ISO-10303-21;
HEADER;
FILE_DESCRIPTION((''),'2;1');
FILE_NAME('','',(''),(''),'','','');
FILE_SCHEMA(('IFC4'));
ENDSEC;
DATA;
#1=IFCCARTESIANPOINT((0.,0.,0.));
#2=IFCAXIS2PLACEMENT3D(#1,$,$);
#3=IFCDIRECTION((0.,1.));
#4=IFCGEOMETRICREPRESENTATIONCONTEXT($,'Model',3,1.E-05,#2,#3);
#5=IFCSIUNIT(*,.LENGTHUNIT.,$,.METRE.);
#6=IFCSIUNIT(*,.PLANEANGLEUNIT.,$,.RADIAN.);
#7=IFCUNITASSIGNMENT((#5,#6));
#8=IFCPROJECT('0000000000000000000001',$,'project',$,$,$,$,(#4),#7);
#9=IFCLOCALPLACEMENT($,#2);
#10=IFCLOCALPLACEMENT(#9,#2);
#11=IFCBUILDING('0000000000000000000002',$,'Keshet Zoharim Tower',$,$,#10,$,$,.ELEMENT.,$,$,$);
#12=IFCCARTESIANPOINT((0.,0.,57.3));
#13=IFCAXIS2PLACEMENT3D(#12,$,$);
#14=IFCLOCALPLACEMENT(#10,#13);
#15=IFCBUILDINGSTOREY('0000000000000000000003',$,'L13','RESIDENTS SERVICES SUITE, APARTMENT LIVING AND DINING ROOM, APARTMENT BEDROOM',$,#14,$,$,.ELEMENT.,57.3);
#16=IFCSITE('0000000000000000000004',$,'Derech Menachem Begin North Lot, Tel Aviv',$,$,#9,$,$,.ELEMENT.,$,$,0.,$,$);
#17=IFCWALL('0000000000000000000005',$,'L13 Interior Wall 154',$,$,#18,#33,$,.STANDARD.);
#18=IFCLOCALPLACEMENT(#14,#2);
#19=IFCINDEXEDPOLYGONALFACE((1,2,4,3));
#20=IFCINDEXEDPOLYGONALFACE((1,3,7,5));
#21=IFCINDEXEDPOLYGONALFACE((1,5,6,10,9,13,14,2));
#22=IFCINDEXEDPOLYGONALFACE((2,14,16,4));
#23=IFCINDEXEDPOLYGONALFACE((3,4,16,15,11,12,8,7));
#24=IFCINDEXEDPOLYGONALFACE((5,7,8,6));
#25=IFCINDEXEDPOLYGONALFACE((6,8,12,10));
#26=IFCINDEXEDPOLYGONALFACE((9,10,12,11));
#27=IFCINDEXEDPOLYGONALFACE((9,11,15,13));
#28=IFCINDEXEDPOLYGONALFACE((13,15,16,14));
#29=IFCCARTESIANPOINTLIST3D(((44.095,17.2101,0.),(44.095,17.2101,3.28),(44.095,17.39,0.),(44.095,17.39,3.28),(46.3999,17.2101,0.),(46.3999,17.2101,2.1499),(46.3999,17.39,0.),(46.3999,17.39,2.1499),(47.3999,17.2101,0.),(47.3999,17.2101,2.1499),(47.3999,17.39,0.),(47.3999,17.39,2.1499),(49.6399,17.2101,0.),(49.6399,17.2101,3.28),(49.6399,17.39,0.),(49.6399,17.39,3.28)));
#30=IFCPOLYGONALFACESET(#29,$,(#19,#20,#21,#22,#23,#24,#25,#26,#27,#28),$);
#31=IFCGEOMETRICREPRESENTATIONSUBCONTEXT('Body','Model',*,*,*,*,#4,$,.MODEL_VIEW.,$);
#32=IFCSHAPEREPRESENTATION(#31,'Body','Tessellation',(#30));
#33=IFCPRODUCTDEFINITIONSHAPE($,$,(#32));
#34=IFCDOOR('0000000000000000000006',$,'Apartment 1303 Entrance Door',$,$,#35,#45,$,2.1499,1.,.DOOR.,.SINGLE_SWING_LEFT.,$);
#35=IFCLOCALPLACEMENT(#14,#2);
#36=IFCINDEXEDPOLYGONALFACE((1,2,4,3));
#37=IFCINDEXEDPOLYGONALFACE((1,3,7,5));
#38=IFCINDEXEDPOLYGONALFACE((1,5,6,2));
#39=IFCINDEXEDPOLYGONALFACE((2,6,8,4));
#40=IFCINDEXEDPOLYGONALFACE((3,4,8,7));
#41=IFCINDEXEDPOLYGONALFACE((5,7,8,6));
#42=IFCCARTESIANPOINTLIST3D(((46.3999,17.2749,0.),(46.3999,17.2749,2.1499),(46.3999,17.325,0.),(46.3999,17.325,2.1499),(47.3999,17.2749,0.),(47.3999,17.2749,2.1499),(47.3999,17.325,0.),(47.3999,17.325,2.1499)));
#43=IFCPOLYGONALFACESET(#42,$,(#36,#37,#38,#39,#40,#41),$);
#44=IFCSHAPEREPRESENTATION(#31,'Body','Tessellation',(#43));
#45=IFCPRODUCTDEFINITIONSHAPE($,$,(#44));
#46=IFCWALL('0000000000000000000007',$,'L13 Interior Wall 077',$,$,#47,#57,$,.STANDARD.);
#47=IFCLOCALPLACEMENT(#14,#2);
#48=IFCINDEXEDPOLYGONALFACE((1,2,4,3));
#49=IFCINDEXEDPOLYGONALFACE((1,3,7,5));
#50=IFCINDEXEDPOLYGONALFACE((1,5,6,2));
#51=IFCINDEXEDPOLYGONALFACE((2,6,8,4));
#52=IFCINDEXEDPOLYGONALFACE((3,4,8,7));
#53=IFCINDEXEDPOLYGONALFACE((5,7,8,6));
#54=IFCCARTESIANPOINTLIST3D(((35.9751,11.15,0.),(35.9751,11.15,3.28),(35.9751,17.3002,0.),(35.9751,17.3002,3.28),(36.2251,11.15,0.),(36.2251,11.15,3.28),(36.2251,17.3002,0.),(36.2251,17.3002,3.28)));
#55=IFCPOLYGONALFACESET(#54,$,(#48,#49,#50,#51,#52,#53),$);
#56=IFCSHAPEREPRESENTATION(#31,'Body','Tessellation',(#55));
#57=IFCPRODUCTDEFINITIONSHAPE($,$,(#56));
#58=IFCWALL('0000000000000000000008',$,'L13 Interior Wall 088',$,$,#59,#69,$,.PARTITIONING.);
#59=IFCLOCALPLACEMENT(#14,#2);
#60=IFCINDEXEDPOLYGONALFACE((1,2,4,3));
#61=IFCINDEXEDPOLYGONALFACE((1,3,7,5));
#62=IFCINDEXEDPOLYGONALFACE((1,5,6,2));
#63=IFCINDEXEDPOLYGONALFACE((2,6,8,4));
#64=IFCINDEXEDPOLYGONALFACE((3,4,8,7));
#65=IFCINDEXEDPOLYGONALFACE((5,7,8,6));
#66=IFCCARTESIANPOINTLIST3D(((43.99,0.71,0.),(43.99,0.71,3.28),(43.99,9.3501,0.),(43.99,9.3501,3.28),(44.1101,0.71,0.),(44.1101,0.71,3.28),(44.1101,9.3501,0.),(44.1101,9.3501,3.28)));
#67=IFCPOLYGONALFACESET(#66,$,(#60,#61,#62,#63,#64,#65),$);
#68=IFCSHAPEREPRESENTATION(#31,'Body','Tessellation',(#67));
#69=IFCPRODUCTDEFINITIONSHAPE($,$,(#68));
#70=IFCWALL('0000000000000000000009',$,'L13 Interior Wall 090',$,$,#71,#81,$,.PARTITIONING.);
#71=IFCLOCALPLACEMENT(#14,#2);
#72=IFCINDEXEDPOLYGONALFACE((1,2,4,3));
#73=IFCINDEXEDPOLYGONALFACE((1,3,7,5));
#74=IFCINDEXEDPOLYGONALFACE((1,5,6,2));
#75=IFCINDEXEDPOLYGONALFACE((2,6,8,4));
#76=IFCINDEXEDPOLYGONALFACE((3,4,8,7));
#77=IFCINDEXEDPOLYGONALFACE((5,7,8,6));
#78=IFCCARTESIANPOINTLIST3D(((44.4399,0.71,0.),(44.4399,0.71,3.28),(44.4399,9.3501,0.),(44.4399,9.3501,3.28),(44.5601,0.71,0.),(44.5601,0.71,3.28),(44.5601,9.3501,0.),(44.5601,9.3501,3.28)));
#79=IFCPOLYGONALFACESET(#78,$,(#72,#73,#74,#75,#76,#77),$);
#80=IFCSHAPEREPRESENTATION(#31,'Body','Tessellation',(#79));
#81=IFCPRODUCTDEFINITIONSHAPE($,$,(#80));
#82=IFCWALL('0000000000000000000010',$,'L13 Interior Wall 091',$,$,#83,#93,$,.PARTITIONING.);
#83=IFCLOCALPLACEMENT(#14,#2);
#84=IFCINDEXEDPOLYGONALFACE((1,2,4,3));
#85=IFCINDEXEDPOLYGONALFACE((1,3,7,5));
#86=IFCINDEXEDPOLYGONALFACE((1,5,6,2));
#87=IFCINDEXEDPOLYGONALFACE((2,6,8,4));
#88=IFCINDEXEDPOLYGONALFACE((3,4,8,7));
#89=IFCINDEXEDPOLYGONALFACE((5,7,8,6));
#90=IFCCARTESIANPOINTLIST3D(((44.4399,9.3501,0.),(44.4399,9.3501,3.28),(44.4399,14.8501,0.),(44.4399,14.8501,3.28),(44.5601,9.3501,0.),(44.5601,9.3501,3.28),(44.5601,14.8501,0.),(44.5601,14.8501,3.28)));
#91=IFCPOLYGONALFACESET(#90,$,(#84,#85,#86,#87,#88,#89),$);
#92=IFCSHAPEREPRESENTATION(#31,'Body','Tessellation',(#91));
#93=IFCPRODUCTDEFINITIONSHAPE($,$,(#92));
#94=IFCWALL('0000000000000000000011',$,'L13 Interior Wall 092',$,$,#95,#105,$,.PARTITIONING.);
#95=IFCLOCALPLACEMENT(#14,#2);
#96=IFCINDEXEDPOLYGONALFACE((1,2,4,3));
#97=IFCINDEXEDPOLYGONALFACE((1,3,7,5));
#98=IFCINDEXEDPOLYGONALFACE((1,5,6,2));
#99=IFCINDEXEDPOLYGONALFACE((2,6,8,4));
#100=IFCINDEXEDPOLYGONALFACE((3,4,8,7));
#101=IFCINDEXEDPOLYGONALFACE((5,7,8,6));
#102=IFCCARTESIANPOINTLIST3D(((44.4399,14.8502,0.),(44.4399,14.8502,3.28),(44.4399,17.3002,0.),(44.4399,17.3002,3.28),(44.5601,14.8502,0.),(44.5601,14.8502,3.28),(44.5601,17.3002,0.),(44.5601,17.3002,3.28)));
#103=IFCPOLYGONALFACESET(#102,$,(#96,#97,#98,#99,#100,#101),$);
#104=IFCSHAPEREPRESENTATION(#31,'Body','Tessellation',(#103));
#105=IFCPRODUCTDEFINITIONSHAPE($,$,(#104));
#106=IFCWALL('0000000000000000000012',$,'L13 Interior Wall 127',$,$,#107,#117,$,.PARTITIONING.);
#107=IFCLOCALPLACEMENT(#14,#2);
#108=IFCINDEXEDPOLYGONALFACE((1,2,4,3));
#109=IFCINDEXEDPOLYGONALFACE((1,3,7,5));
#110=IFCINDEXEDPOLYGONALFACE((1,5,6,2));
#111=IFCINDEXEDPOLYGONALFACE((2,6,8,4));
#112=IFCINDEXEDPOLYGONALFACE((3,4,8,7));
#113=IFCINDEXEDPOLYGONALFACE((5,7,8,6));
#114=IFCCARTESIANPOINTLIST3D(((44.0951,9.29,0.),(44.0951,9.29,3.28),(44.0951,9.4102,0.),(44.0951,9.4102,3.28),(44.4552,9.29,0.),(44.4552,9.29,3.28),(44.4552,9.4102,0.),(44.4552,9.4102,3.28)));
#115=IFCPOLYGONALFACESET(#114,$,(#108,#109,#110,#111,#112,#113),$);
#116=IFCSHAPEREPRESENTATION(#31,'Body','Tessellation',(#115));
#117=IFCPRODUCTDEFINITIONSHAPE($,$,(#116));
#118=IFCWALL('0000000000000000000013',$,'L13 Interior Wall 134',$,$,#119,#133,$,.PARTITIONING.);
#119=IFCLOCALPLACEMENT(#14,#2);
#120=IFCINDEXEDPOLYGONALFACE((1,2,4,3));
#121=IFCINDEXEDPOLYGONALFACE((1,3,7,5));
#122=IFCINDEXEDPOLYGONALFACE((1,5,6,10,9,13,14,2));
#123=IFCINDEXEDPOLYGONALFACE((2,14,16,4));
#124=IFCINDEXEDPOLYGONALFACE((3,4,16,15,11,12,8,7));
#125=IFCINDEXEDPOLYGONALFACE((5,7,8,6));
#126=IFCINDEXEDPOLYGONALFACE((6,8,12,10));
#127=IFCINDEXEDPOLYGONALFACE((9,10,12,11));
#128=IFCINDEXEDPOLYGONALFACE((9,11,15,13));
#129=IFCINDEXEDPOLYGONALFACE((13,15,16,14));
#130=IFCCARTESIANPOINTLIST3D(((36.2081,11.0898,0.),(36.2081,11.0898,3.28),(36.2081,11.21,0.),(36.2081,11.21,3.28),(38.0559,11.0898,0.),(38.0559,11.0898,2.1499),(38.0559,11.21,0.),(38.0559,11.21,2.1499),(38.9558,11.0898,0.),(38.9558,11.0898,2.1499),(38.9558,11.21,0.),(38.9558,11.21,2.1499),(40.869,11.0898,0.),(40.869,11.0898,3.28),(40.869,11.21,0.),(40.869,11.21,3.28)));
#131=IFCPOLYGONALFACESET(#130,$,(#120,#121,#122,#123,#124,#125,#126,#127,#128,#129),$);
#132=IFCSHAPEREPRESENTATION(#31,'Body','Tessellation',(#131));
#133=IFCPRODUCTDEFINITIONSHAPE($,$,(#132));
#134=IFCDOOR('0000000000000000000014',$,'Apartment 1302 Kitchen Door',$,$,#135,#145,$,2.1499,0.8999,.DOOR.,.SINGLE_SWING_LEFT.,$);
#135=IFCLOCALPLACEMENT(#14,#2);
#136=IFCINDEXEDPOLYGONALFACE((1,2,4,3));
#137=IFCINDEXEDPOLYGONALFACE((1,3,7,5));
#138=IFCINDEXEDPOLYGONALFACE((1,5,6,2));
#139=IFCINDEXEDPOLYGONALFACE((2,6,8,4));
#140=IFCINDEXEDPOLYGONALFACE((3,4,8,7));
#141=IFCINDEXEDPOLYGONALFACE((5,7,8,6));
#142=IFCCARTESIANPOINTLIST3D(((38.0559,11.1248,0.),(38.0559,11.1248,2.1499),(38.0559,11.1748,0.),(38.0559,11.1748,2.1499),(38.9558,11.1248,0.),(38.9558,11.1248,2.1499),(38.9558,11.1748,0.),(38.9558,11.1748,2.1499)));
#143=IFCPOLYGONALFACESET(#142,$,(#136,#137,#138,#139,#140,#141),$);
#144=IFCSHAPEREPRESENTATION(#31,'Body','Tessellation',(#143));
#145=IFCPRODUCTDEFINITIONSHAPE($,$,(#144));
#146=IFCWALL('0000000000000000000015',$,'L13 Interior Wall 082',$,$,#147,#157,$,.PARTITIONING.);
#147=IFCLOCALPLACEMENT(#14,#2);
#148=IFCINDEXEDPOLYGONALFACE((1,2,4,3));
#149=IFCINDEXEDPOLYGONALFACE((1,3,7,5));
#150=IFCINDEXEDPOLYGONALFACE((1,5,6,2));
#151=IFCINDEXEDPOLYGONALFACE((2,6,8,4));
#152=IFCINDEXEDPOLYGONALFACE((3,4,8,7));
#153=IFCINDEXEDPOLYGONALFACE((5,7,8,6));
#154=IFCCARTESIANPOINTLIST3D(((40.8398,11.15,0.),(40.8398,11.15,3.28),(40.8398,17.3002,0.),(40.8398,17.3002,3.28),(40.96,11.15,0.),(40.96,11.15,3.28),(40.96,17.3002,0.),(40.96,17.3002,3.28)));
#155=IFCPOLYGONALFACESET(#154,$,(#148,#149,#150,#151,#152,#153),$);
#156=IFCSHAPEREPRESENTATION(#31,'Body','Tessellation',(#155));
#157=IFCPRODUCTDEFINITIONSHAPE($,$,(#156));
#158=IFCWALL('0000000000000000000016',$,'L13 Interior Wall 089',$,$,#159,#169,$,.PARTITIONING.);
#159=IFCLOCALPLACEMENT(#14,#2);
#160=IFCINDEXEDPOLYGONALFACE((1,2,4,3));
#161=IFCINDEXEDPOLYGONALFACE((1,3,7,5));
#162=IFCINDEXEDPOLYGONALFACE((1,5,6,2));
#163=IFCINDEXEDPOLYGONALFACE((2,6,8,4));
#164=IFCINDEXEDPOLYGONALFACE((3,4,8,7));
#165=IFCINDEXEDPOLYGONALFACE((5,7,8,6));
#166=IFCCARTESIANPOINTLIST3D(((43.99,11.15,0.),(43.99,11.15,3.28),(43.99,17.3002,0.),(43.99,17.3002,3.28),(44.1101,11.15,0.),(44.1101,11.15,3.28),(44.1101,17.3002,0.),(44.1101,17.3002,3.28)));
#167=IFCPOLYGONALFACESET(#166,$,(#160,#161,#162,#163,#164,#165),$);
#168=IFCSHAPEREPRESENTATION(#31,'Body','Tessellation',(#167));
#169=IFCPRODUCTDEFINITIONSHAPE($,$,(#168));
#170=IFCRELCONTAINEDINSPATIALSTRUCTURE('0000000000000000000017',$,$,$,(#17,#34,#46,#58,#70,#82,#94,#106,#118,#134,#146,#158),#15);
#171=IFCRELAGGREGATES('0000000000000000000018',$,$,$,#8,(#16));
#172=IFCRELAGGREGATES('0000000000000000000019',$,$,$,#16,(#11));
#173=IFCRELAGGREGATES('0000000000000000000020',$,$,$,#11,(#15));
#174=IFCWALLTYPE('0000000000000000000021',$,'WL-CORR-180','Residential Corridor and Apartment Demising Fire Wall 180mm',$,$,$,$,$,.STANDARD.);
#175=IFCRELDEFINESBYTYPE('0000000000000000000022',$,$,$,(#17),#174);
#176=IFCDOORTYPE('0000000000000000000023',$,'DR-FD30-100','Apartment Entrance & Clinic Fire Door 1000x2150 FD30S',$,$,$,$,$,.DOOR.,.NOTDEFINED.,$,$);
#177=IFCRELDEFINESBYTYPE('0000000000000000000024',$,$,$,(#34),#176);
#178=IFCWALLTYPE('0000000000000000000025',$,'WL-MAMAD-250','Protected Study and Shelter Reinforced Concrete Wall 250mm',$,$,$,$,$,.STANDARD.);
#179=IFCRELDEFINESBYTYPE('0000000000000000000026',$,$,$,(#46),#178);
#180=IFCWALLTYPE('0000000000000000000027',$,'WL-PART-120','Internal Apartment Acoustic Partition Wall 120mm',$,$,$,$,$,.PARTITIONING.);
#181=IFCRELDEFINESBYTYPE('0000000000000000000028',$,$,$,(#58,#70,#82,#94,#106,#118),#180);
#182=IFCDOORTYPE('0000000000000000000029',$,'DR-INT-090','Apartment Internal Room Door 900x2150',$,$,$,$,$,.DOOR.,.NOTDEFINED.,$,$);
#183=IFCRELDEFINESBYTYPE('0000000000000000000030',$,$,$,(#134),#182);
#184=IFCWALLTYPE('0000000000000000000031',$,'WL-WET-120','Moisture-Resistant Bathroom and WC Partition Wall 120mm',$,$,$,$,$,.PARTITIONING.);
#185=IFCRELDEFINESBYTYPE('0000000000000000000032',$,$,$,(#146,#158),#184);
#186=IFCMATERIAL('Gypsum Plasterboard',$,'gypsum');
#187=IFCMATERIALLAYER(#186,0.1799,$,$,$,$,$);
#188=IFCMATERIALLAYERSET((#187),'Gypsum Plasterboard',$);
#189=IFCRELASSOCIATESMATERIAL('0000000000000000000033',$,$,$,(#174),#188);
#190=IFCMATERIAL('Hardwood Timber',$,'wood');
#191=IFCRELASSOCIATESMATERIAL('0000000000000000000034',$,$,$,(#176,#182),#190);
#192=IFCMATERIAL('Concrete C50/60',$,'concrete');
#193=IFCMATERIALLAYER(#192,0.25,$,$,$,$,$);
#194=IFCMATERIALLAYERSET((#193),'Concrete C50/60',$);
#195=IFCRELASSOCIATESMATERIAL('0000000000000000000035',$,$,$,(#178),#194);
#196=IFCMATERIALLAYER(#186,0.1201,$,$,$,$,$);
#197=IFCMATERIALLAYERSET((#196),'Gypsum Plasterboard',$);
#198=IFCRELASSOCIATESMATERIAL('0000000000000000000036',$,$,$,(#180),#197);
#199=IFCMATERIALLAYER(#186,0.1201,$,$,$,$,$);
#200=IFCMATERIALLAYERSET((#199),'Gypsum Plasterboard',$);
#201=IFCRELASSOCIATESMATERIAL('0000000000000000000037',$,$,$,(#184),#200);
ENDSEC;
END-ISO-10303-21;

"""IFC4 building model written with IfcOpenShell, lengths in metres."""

from ifc_helpers import new_model, si_unit, direction, frame, frame_2d, origin, place, context, subcontext, project, spatial, rectangle, extrude, material, layer, layer_set, type_object, element, fill, save


model = new_model("IFC4")

# Units and contexts
model_context = context("Model", 3, precision=1e-05, world=origin(), true_north=direction((0.0, 1.0)))
body_context = subcontext(model_context, "Body", "Model", "MODEL_VIEW")
ifc_project = project(units=[si_unit("LENGTHUNIT", "METRE"), si_unit("PLANEANGLEUNIT", "RADIAN")], contexts=[model_context])

# Site, building, storey
site_placement = place(None, origin())
site = spatial("IfcSite", under=ifc_project, at=site_placement, Name="Derech Menachem Begin North Lot, Tel Aviv", CompositionType="ELEMENT", RefElevation=0.0)
building_placement = place(site_placement, origin())
building = spatial("IfcBuilding", under=site, at=building_placement, Name="Keshet Zoharim Tower", CompositionType="ELEMENT")
storey_placement = place(building_placement, frame((0.0, 0.0, 57.3)))
storey = spatial("IfcBuildingStorey", under=building, at=storey_placement, Name="L13", Description="RESIDENTS SERVICES SUITE, APARTMENT LIVING AND DINING ROOM, APARTMENT BEDROOM", CompositionType="ELEMENT", Elevation=57.3)

# Shared definitions
ifc_material_1 = material(Name="Gypsum Plasterboard", Category="gypsum")
ifc_layer_1 = layer(ifc_material_1, 0.1799)
ifc_layer_set_1 = layer_set([ifc_layer_1], Name="Gypsum Plasterboard")
wall_type_1 = type_object("IfcWallType", Name="WL-CORR-180", Description="Residential Corridor and Apartment Demising Fire Wall 180mm", PredefinedType="STANDARD", material=ifc_layer_set_1)

# Wall, opening, door
wall_1_placement = place(storey_placement, frame((44.095, 17.3, 0.0), z_axis=(0.0, 0.0, 1.0), x_axis=(1.0, 0.0, 0.0)))
wall_1 = element("IfcWall", 1, at=wall_1_placement, inside=storey, type_object=wall_type_1, Name="L13 Interior Wall 154", PredefinedType="STANDARD", context=body_context, shape_type="SweptSolid", body=[
    extrude(rectangle(XDim=5.5449, YDim=0.1799, at=frame_2d((2.7725, 0.0))), origin(), (0.0, 0.0, 1.0), 3.28),
])
opening_1_placement = place(wall_1_placement, frame((2.3049, 0.0, 0.0)))
opening_1 = element("IfcOpeningElement", 2, at=opening_1_placement, cuts=wall_1, PredefinedType="OPENING", context=body_context, shape_type="SweptSolid", body=[
    extrude(rectangle(XDim=1.0, YDim=2.1499, at=frame_2d((0.5, 1.075))), frame((0.0, 0.1001, 0.0), z_axis=(0.0, -1.0, 0.0), x_axis=(1.0, 0.0, 0.0)), (0.0, 0.0, 1.0), 0.2),
])
ifc_material_2 = material(Name="Hardwood Timber", Category="wood")
door_type_1 = type_object("IfcDoorType", Name="DR-FD30-100", Description="Apartment Entrance & Clinic Fire Door 1000x2150 FD30S", OperationType="NOTDEFINED", PredefinedType="DOOR", material=ifc_material_2)
door_1_placement = place(opening_1_placement, origin())
door_1 = element("IfcDoor", 3, at=door_1_placement, inside=storey, type_object=door_type_1, Name="Apartment 1303 Entrance Door", OperationType="SINGLE_SWING_LEFT", OverallHeight=2.1499, OverallWidth=1.0, PredefinedType="DOOR", context=body_context, shape_type="SweptSolid", body=[
    extrude(rectangle(XDim=1.0, YDim=2.1499, at=frame_2d((0.5, 1.075))), frame((0.0, 0.0249, 0.0), z_axis=(0.0, -1.0, 0.0), x_axis=(1.0, 0.0, 0.0)), (0.0, 0.0, 1.0), 0.05),
])
fill(opening_1, door_1)

# Walls
ifc_material_3 = material(Name="Concrete C50/60", Category="concrete")
ifc_layer_2 = layer(ifc_material_3, 0.25)
ifc_layer_set_2 = layer_set([ifc_layer_2], Name="Concrete C50/60")
wall_type_2 = type_object("IfcWallType", Name="WL-MAMAD-250", Description="Protected Study and Shelter Reinforced Concrete Wall 250mm", PredefinedType="STANDARD", material=ifc_layer_set_2)
wall_2_placement = place(storey_placement, frame((36.1001, 11.1499, 0.0), z_axis=(0.0, 0.0, 1.0), x_axis=(0.0, 1.0, 0.0)))
element("IfcWall", 4, at=wall_2_placement, inside=storey, type_object=wall_type_2, Name="L13 Interior Wall 077", PredefinedType="STANDARD", context=body_context, shape_type="SweptSolid", body=[
    extrude(rectangle(XDim=6.1501, YDim=0.25, at=frame_2d((3.0752, 0.0))), origin(), (0.0, 0.0, 1.0), 3.28),
])
ifc_layer_3 = layer(ifc_material_1, 0.1201)
ifc_layer_set_3 = layer_set([ifc_layer_3], Name="Gypsum Plasterboard")
wall_type_3 = type_object("IfcWallType", Name="WL-PART-120", Description="Internal Apartment Acoustic Partition Wall 120mm", PredefinedType="PARTITIONING", material=ifc_layer_set_3)
for number, where, z_axis, x_axis, name in (
    (5, (44.05, 0.71, 0.0), (0.0, 0.0, 1.0), (0.0, 1.0, 0.0), "L13 Interior Wall 088"),
    (6, (44.5, 0.71, 0.0), (0.0, 0.0, 1.0), (0.0, 1.0, 0.0), "L13 Interior Wall 090"),
):
    element("IfcWall", number, at=place(storey_placement, frame(where, z_axis=z_axis, x_axis=x_axis)), inside=storey, type_object=wall_type_3, Name=name, PredefinedType="PARTITIONING", context=body_context, shape_type="SweptSolid", body=[
        extrude(rectangle(XDim=8.6401, YDim=0.1201, at=frame_2d((4.3201, 0.0))), origin(), (0.0, 0.0, 1.0), 3.28),
    ])
wall_3_placement = place(storey_placement, frame((44.5, 9.3501, 0.0), z_axis=(0.0, 0.0, 1.0), x_axis=(0.0, 1.0, 0.0)))
element("IfcWall", 7, at=wall_3_placement, inside=storey, type_object=wall_type_3, Name="L13 Interior Wall 091", PredefinedType="PARTITIONING", context=body_context, shape_type="SweptSolid", body=[
    extrude(rectangle(XDim=5.5, YDim=0.1201, at=frame_2d((2.75, 0.0))), origin(), (0.0, 0.0, 1.0), 3.28),
])
wall_4_placement = place(storey_placement, frame((44.5, 14.8501, 0.0), z_axis=(0.0, 0.0, 1.0), x_axis=(0.0, 1.0, 0.0)))
element("IfcWall", 8, at=wall_4_placement, inside=storey, type_object=wall_type_3, Name="L13 Interior Wall 092", PredefinedType="PARTITIONING", context=body_context, shape_type="SweptSolid", body=[
    extrude(rectangle(XDim=2.45, YDim=0.1201, at=frame_2d((1.2251, 0.0))), origin(), (0.0, 0.0, 1.0), 3.28),
])
wall_5_placement = place(storey_placement, frame((44.095, 9.3501, 0.0), z_axis=(0.0, 0.0, 1.0), x_axis=(1.0, 0.0, 0.0)))
element("IfcWall", 9, at=wall_5_placement, inside=storey, type_object=wall_type_3, Name="L13 Interior Wall 127", PredefinedType="PARTITIONING", context=body_context, shape_type="SweptSolid", body=[
    extrude(rectangle(XDim=0.3601, YDim=0.1201, at=frame_2d((0.1802, 0.0))), origin(), (0.0, 0.0, 1.0), 3.28),
])

# Wall, opening, door
wall_6_placement = place(storey_placement, frame((36.208, 11.1499, 0.0), z_axis=(0.0, 0.0, 1.0), x_axis=(1.0, 0.0, 0.0)))
wall_6 = element("IfcWall", 10, at=wall_6_placement, inside=storey, type_object=wall_type_3, Name="L13 Interior Wall 134", PredefinedType="PARTITIONING", context=body_context, shape_type="SweptSolid", body=[
    extrude(rectangle(XDim=4.6609, YDim=0.1201, at=frame_2d((2.3306, 0.0))), origin(), (0.0, 0.0, 1.0), 3.28),
])
opening_2_placement = place(wall_6_placement, frame((1.8479, 0.0, 0.0)))
opening_2 = element("IfcOpeningElement", 11, at=opening_2_placement, cuts=wall_6, PredefinedType="OPENING", context=body_context, shape_type="SweptSolid", body=[
    extrude(rectangle(XDim=0.8999, YDim=2.1499, at=frame_2d((0.45, 1.075))), frame((0.0, 0.0701, 0.0), z_axis=(0.0, -1.0, 0.0), x_axis=(1.0, 0.0, 0.0)), (0.0, 0.0, 1.0), 0.1401),
])
door_type_2 = type_object("IfcDoorType", Name="DR-INT-090", Description="Apartment Internal Room Door 900x2150", OperationType="NOTDEFINED", PredefinedType="DOOR", material=ifc_material_2)
door_2_placement = place(opening_2_placement, origin())
door_2 = element("IfcDoor", 12, at=door_2_placement, inside=storey, type_object=door_type_2, Name="Apartment 1302 Kitchen Door", OperationType="SINGLE_SWING_LEFT", OverallHeight=2.1499, OverallWidth=0.8999, PredefinedType="DOOR", context=body_context, shape_type="SweptSolid", body=[
    extrude(rectangle(XDim=0.8999, YDim=2.1499, at=frame_2d((0.45, 1.075))), frame((0.0, 0.0249, 0.0), z_axis=(0.0, -1.0, 0.0), x_axis=(1.0, 0.0, 0.0)), (0.0, 0.0, 1.0), 0.05),
])
fill(opening_2, door_2)

# Walls
ifc_layer_4 = layer(ifc_material_1, 0.1201)
ifc_layer_set_4 = layer_set([ifc_layer_4], Name="Gypsum Plasterboard")
wall_type_4 = type_object("IfcWallType", Name="WL-WET-120", Description="Moisture-Resistant Bathroom and WC Partition Wall 120mm", PredefinedType="PARTITIONING", material=ifc_layer_set_4)
for number, where, z_axis, x_axis, name in (
    (13, (40.8999, 11.1499, 0.0), (0.0, 0.0, 1.0), (0.0, 1.0, 0.0), "L13 Interior Wall 082"),
    (14, (44.05, 11.1499, 0.0), (0.0, 0.0, 1.0), (0.0, 1.0, 0.0), "L13 Interior Wall 089"),
):
    element("IfcWall", number, at=place(storey_placement, frame(where, z_axis=z_axis, x_axis=x_axis)), inside=storey, type_object=wall_type_4, Name=name, PredefinedType="PARTITIONING", context=body_context, shape_type="SweptSolid", body=[
        extrude(rectangle(XDim=6.1501, YDim=0.1201, at=frame_2d((3.0752, 0.0))), origin(), (0.0, 0.0, 1.0), 3.28),
    ])

save(model, "model.ifc")
